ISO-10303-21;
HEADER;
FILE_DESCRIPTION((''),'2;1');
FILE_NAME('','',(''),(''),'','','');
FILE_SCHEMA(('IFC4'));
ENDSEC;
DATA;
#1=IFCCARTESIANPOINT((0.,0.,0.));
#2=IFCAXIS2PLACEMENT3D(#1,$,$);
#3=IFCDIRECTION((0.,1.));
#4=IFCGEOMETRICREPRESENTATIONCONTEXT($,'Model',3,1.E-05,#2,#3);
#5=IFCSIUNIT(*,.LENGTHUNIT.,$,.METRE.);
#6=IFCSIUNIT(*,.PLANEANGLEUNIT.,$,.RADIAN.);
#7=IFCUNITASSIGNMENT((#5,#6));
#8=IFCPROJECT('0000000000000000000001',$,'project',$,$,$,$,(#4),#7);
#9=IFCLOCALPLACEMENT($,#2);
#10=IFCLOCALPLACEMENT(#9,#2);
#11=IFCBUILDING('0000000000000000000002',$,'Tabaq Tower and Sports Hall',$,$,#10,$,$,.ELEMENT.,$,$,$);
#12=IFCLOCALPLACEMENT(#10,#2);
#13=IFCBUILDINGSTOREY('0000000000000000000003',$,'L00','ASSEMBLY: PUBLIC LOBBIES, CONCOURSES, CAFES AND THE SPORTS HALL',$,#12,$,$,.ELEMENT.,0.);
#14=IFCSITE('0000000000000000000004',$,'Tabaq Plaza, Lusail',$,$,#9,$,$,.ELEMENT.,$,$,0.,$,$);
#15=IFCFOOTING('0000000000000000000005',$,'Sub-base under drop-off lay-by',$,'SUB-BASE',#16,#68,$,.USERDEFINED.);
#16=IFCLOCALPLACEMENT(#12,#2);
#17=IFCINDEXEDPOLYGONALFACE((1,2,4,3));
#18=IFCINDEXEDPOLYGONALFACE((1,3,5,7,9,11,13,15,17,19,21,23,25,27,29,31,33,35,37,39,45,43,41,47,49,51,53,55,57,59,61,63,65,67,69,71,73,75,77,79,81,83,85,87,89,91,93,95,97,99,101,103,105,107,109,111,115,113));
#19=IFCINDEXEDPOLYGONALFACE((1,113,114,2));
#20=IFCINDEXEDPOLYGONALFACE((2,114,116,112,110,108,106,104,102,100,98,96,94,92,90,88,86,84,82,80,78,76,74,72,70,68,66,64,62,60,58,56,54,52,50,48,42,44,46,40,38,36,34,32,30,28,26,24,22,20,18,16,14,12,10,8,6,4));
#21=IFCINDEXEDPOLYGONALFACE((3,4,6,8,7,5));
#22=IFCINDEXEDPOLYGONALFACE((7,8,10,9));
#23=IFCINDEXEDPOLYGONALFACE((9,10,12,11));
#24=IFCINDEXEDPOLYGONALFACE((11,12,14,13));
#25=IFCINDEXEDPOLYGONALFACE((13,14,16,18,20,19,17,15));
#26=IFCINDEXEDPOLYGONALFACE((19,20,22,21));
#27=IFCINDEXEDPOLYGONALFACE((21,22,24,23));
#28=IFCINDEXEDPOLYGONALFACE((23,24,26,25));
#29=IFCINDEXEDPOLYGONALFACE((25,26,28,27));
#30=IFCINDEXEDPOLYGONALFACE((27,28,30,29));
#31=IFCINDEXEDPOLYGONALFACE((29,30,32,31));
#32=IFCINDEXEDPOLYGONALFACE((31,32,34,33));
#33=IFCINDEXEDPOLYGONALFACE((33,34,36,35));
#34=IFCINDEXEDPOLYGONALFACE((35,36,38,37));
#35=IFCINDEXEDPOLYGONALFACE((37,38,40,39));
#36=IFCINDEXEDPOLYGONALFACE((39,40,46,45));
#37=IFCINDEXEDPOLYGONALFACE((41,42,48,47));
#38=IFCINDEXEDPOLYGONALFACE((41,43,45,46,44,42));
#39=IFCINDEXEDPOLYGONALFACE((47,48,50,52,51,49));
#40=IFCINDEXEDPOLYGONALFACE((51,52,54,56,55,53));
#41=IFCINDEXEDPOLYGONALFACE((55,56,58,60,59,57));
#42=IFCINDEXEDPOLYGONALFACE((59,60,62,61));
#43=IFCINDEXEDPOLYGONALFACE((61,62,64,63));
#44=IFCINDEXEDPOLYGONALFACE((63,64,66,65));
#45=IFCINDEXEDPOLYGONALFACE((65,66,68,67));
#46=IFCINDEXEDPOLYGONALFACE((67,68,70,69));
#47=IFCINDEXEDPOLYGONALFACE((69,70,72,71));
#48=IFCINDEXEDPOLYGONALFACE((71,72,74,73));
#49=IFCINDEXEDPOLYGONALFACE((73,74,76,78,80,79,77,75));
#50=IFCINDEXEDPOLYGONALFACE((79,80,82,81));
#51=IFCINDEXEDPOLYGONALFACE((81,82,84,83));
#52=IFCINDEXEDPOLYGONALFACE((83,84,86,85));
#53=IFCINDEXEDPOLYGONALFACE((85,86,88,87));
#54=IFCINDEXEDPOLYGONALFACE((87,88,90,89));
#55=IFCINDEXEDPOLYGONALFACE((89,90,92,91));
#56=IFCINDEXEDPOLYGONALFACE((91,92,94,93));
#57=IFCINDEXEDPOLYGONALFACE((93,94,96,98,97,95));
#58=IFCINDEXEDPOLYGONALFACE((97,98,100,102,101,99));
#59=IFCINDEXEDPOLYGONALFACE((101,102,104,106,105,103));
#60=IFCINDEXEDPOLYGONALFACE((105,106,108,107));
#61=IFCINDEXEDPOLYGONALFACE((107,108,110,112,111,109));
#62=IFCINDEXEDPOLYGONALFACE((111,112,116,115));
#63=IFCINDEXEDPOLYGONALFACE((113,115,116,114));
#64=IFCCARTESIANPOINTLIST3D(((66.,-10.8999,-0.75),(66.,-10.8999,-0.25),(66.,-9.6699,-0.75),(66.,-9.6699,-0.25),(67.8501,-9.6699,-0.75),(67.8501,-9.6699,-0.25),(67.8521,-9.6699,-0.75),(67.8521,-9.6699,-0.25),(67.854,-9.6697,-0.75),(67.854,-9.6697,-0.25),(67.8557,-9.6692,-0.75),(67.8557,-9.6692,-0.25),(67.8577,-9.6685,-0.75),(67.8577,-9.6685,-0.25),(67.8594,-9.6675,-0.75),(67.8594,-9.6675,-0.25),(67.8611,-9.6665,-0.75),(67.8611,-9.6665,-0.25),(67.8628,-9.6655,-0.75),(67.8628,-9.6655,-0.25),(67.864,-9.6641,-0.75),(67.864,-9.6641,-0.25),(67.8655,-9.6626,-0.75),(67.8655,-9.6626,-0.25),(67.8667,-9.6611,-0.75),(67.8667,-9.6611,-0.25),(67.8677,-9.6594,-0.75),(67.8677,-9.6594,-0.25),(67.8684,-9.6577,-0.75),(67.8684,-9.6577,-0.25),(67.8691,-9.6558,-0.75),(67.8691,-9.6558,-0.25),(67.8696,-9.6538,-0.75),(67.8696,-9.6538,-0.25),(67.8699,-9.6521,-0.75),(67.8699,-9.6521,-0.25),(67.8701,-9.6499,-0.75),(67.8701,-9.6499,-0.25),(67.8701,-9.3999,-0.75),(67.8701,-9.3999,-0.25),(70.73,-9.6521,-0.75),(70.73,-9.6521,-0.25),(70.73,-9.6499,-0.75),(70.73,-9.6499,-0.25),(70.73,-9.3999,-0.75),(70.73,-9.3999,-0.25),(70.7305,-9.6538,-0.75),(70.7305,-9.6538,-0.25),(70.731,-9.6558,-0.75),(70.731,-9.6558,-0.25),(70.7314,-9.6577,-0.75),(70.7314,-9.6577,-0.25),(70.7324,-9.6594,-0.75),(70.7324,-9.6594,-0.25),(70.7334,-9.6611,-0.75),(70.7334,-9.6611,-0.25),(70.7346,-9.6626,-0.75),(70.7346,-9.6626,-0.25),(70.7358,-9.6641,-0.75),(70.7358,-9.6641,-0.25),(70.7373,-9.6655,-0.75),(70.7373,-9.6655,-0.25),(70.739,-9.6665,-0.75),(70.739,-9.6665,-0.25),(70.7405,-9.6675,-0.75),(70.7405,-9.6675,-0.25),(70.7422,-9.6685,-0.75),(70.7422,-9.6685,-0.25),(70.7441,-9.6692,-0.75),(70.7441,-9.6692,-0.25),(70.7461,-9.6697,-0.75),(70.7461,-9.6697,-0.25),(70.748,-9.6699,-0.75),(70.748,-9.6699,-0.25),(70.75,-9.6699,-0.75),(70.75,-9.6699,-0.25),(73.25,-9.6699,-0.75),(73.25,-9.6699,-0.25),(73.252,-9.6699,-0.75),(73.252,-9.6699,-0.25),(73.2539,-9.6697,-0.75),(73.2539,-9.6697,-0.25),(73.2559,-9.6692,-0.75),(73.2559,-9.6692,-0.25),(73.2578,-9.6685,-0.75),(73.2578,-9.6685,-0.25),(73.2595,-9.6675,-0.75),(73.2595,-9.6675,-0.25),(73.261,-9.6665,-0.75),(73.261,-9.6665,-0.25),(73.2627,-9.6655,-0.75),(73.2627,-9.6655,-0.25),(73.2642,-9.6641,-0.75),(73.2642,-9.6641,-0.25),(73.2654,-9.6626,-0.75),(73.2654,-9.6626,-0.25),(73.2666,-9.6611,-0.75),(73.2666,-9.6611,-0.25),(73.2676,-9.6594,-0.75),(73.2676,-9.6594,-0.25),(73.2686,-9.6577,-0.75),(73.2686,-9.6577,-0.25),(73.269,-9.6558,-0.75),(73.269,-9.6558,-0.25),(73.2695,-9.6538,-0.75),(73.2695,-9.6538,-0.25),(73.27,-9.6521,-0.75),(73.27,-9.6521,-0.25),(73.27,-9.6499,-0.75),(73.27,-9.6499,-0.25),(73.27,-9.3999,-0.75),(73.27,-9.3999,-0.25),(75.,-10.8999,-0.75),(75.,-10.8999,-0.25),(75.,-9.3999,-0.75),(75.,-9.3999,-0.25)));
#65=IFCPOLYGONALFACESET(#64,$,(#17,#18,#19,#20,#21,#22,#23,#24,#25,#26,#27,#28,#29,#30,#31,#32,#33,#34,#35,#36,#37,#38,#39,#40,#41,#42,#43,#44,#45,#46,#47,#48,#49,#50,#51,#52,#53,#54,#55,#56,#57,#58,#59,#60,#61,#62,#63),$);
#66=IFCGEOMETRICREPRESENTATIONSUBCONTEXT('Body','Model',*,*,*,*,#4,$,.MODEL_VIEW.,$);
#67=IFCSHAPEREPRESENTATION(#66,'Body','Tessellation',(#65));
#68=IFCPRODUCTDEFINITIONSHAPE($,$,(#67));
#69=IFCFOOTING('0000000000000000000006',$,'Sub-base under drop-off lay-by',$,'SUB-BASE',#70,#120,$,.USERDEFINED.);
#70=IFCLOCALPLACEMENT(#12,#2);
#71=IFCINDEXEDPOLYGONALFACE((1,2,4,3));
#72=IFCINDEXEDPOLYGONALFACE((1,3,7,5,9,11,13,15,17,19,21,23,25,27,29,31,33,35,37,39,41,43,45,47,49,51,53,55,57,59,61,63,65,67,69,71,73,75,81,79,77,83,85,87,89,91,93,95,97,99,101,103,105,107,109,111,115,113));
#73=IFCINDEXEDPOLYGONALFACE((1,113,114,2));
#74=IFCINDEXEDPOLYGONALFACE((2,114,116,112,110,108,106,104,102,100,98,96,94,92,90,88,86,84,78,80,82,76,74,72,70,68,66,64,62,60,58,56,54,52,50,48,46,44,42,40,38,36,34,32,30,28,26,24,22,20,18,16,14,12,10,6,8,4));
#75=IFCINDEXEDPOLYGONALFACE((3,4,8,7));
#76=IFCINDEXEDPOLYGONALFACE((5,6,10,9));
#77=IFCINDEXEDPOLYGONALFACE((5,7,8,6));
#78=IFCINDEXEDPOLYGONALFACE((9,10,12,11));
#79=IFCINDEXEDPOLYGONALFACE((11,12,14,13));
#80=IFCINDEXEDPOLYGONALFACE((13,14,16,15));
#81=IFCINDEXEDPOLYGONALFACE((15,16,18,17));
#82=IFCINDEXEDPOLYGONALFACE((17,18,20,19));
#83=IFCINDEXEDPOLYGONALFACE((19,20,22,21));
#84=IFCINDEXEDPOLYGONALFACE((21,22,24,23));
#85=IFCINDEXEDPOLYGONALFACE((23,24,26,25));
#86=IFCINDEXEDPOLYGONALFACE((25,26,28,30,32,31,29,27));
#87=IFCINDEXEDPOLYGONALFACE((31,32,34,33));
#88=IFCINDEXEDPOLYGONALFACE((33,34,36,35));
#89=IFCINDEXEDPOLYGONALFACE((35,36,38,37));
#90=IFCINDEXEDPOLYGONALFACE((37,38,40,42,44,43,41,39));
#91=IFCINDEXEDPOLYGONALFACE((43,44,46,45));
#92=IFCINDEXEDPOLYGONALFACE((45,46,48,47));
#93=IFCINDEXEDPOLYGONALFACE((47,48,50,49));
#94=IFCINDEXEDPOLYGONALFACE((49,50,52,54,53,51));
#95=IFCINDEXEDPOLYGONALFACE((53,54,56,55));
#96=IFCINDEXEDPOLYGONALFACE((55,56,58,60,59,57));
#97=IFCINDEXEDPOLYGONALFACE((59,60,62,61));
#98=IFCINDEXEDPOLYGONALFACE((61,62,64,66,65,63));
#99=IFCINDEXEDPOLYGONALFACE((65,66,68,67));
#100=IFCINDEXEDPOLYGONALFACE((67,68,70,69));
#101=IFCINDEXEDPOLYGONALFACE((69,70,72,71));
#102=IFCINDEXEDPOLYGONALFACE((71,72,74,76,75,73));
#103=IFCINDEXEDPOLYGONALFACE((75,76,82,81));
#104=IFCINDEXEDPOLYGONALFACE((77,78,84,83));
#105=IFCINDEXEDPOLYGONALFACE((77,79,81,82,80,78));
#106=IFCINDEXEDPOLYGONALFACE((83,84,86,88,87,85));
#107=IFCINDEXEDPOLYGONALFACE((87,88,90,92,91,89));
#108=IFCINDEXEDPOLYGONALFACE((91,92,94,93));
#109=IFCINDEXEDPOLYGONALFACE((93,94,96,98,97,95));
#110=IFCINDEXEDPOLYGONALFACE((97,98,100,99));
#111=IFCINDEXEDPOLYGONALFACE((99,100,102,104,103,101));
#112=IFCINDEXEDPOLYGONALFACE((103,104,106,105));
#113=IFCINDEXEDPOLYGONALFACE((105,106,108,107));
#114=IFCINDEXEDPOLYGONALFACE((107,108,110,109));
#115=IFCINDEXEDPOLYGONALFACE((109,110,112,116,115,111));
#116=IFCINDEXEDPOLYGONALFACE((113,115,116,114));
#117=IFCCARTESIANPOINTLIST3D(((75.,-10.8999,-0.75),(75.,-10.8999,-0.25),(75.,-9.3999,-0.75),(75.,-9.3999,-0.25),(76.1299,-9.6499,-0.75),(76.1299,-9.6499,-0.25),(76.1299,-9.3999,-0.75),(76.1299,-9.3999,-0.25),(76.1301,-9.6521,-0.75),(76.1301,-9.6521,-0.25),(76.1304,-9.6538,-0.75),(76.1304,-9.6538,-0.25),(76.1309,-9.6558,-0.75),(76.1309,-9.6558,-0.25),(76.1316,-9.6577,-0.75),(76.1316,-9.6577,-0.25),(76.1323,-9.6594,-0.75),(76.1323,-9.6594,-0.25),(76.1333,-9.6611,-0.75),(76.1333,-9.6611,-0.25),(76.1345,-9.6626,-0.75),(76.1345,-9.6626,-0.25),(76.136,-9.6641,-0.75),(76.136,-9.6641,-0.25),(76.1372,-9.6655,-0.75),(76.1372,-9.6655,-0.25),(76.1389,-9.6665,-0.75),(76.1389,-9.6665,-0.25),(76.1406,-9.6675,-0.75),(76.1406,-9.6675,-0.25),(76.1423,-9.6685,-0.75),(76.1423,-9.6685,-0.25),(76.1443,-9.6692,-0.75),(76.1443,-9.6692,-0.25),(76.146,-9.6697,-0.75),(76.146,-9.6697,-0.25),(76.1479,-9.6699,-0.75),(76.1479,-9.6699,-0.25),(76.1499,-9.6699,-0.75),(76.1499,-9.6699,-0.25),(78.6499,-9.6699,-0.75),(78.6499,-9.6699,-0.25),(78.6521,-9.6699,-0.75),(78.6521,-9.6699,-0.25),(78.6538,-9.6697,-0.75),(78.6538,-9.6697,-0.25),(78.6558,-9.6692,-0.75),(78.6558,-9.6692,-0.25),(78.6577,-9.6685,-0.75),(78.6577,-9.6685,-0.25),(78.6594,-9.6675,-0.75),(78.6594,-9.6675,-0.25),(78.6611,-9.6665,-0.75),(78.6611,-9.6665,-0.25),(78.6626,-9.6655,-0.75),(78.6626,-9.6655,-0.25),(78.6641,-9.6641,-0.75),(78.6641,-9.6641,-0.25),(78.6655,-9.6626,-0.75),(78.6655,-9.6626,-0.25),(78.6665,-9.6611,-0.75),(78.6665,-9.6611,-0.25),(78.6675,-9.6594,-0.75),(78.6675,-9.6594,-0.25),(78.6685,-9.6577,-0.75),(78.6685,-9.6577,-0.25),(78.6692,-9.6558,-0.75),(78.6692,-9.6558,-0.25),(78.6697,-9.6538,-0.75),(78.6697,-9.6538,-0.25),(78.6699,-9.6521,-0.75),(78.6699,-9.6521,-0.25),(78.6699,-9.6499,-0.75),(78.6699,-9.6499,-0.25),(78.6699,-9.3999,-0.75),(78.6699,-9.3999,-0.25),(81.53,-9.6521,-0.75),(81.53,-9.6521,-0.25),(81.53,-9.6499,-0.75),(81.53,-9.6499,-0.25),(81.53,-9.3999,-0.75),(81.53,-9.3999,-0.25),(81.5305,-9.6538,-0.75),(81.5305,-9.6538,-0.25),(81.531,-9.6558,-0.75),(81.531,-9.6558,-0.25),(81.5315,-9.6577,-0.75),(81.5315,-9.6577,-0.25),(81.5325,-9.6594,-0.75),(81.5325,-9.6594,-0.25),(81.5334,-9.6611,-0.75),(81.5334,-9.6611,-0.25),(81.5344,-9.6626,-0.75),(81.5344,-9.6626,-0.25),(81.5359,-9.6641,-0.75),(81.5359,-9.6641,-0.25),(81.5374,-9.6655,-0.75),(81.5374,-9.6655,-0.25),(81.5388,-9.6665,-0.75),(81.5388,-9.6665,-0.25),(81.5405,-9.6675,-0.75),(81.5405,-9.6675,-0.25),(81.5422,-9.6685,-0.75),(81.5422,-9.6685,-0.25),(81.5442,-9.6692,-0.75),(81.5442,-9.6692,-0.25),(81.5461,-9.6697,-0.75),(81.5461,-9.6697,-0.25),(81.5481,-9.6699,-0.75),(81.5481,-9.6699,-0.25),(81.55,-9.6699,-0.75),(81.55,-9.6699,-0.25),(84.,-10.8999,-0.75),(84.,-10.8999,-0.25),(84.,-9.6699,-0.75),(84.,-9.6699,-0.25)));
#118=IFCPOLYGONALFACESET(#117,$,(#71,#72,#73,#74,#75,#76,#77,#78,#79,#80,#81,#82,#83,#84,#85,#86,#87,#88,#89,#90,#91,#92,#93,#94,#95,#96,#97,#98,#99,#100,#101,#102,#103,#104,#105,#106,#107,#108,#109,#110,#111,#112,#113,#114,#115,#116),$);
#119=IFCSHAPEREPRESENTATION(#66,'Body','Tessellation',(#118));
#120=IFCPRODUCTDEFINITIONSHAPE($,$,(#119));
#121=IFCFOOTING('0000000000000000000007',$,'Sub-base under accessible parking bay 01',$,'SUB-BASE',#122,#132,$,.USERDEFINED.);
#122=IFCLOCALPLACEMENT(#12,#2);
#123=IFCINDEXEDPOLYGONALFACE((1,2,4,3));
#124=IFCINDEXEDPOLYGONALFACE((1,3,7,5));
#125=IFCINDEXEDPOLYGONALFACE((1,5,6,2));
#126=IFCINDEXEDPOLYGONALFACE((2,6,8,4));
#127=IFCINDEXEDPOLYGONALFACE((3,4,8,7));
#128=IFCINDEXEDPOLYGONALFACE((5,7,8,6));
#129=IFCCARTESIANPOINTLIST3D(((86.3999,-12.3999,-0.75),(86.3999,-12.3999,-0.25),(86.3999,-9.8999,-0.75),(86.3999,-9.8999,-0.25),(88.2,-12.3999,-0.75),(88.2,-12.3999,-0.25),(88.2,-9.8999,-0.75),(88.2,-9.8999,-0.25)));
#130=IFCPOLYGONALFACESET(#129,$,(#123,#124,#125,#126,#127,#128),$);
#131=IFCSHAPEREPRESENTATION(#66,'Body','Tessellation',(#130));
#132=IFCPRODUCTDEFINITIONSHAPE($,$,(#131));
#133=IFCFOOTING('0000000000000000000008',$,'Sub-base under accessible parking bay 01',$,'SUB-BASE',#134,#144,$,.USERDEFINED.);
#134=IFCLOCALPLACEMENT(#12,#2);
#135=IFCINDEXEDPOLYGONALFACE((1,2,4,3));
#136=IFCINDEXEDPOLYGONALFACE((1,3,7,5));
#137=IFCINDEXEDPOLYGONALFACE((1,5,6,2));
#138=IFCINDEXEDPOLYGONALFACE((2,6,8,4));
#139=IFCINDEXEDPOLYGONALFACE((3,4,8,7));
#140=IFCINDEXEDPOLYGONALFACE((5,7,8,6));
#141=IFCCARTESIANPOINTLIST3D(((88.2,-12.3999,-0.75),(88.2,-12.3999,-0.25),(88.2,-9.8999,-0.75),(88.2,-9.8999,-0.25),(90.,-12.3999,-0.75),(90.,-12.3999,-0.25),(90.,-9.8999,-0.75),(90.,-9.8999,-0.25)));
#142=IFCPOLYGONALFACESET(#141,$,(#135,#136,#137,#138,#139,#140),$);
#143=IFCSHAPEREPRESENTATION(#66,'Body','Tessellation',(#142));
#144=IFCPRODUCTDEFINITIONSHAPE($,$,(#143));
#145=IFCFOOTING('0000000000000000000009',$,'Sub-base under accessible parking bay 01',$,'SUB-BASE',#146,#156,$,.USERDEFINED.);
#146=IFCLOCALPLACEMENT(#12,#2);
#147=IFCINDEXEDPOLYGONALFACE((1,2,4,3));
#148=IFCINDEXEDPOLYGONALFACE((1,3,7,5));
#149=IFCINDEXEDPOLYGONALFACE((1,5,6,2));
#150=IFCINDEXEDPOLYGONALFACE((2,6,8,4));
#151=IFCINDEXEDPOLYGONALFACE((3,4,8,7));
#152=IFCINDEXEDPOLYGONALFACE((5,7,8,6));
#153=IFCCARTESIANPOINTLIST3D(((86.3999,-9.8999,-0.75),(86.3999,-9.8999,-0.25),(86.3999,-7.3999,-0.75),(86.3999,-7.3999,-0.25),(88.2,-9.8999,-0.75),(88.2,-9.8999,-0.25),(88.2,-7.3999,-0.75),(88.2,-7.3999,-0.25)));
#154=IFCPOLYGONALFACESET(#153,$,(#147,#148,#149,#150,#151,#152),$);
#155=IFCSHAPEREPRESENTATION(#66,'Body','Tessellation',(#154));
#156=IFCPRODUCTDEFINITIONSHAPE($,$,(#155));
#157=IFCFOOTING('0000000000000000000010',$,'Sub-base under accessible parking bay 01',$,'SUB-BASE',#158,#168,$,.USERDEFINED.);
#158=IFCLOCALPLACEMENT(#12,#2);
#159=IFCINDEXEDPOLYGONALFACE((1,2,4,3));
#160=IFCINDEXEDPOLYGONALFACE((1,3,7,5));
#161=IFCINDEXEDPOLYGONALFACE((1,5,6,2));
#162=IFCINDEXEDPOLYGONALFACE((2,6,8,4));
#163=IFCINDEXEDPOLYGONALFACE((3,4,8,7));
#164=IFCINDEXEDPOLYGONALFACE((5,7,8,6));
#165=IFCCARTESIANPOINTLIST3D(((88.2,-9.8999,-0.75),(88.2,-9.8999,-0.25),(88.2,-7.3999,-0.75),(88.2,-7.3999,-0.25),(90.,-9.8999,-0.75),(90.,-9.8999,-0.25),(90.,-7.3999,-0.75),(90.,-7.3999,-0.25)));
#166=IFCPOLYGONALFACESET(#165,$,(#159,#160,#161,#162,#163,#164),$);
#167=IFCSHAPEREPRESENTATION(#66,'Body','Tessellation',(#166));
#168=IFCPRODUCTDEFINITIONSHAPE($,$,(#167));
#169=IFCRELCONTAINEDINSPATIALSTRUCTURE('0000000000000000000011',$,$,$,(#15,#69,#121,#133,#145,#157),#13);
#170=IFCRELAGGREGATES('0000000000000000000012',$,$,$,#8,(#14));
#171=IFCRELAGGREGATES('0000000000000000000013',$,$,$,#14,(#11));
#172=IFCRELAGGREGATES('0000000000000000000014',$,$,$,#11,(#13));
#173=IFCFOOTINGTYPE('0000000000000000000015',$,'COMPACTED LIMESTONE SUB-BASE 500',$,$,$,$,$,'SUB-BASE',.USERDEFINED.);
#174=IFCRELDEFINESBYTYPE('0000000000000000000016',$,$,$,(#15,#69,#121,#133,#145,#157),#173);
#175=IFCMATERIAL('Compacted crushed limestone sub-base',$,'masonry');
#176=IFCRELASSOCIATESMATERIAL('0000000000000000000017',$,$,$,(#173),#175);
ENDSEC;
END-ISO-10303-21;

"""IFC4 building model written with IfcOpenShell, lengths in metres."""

from ifc_helpers import new_model, si_unit, direction, frame, origin, place, context, subcontext, project, spatial, polyline, outline, extrude, material, type_object, element, save


model = new_model("IFC4")

# Units and contexts
model_context = context("Model", 3, precision=1e-05, world=origin(), true_north=direction((0.0, 1.0)))
body_context = subcontext(model_context, "Body", "Model", "MODEL_VIEW")
ifc_project = project(units=[si_unit("LENGTHUNIT", "METRE"), si_unit("PLANEANGLEUNIT", "RADIAN")], contexts=[model_context])

# Site, building, storey
site_placement = place(None, origin())
site = spatial("IfcSite", under=ifc_project, at=site_placement, Name="Tabaq Plaza, Lusail", CompositionType="ELEMENT", RefElevation=0.0)
building_placement = place(site_placement, origin())
building = spatial("IfcBuilding", under=site, at=building_placement, Name="Tabaq Tower and Sports Hall", CompositionType="ELEMENT")
storey_placement = place(building_placement, origin())
storey = spatial("IfcBuildingStorey", under=building, at=storey_placement, Name="L00", Description="ASSEMBLY: PUBLIC LOBBIES, CONCOURSES, CAFES AND THE SPORTS HALL", CompositionType="ELEMENT", Elevation=0.0)

# Footings
ifc_material = material(Name="Compacted crushed limestone sub-base", Category="masonry")
footing_type = type_object("IfcFootingType", Name="COMPACTED LIMESTONE SUB-BASE 500", ElementType="SUB-BASE", PredefinedType="USERDEFINED", material=ifc_material)
footing_1_placement = place(storey_placement, frame((0.0, 0.0, -0.75)))
element("IfcFooting", 1, at=footing_1_placement, inside=storey, type_object=footing_type, Name="Sub-base under drop-off lay-by", ObjectType="SUB-BASE", PredefinedType="USERDEFINED", context=body_context, shape_type="SweptSolid", body=[
    extrude(outline(polyline([(66.0, -9.6699), (66.0, -10.8999), (75.0, -10.8999), (75.0, -9.3999), (73.27, -9.3999), (73.27, -9.6499), (73.27, -9.6521), (73.2695, -9.6538), (73.269, -9.6558), (73.2686, -9.6577), (73.2676, -9.6594), (73.2666, -9.6611), (73.2654, -9.6626), (73.2642, -9.6641), (73.2627, -9.6655), (73.261, -9.6665), (73.2595, -9.6675), (73.2578, -9.6685), (73.2559, -9.6692), (73.2539, -9.6697), (73.252, -9.6699), (73.25, -9.6699), (70.75, -9.6699), (70.748, -9.6699), (70.7461, -9.6697), (70.7441, -9.6692), (70.7422, -9.6685), (70.7405, -9.6675), (70.739, -9.6665), (70.7373, -9.6655), (70.7358, -9.6641), (70.7346, -9.6626), (70.7334, -9.6611), (70.7324, -9.6594), (70.7314, -9.6577), (70.731, -9.6558), (70.7305, -9.6538), (70.73, -9.6521), (70.73, -9.6499), (70.73, -9.3999), (67.8701, -9.3999), (67.8701, -9.6499), (67.8699, -9.6521), (67.8696, -9.6538), (67.8691, -9.6558), (67.8684, -9.6577), (67.8677, -9.6594), (67.8667, -9.6611), (67.8655, -9.6626), (67.864, -9.6641), (67.8628, -9.6655), (67.8611, -9.6665), (67.8594, -9.6675), (67.8577, -9.6685), (67.8557, -9.6692), (67.854, -9.6697), (67.8521, -9.6699), (67.8501, -9.6699), (66.0, -9.6699)])), origin(), (0.0, 0.0, 1.0), 0.5),
])
footing_2_placement = place(storey_placement, frame((0.0, 0.0, -0.75)))
element("IfcFooting", 2, at=footing_2_placement, inside=storey, type_object=footing_type, Name="Sub-base under drop-off lay-by", ObjectType="SUB-BASE", PredefinedType="USERDEFINED", context=body_context, shape_type="SweptSolid", body=[
    extrude(outline(polyline([(76.1299, -9.3999), (75.0, -9.3999), (75.0, -10.8999), (84.0, -10.8999), (84.0, -9.6699), (81.55, -9.6699), (81.5481, -9.6699), (81.5461, -9.6697), (81.5442, -9.6692), (81.5422, -9.6685), (81.5405, -9.6675), (81.5388, -9.6665), (81.5374, -9.6655), (81.5359, -9.6641), (81.5344, -9.6626), (81.5334, -9.6611), (81.5325, -9.6594), (81.5315, -9.6577), (81.531, -9.6558), (81.5305, -9.6538), (81.53, -9.6521), (81.53, -9.6499), (81.53, -9.3999), (78.6699, -9.3999), (78.6699, -9.6499), (78.6699, -9.6521), (78.6697, -9.6538), (78.6692, -9.6558), (78.6685, -9.6577), (78.6675, -9.6594), (78.6665, -9.6611), (78.6655, -9.6626), (78.6641, -9.6641), (78.6626, -9.6655), (78.6611, -9.6665), (78.6594, -9.6675), (78.6577, -9.6685), (78.6558, -9.6692), (78.6538, -9.6697), (78.6521, -9.6699), (78.6499, -9.6699), (76.1499, -9.6699), (76.1479, -9.6699), (76.146, -9.6697), (76.1443, -9.6692), (76.1423, -9.6685), (76.1406, -9.6675), (76.1389, -9.6665), (76.1372, -9.6655), (76.136, -9.6641), (76.1345, -9.6626), (76.1333, -9.6611), (76.1323, -9.6594), (76.1316, -9.6577), (76.1309, -9.6558), (76.1304, -9.6538), (76.1301, -9.6521), (76.1299, -9.6499), (76.1299, -9.3999)])), origin(), (0.0, 0.0, 1.0), 0.5),
])
footing_3_placement = place(storey_placement, frame((0.0, 0.0, -0.75)))
element("IfcFooting", 3, at=footing_3_placement, inside=storey, type_object=footing_type, Name="Sub-base under accessible parking bay 01", ObjectType="SUB-BASE", PredefinedType="USERDEFINED", context=body_context, shape_type="SweptSolid", body=[
    extrude(outline(polyline([(86.3999, -9.8999), (86.3999, -12.3999), (88.2, -12.3999), (88.2, -9.8999), (86.3999, -9.8999)])), origin(), (0.0, 0.0, 1.0), 0.5),
])
footing_4_placement = place(storey_placement, frame((0.0, 0.0, -0.75)))
element("IfcFooting", 4, at=footing_4_placement, inside=storey, type_object=footing_type, Name="Sub-base under accessible parking bay 01", ObjectType="SUB-BASE", PredefinedType="USERDEFINED", context=body_context, shape_type="SweptSolid", body=[
    extrude(outline(polyline([(90.0, -12.3999), (90.0, -9.8999), (88.2, -9.8999), (88.2, -12.3999), (90.0, -12.3999)])), origin(), (0.0, 0.0, 1.0), 0.5),
])
footing_5_placement = place(storey_placement, frame((0.0, 0.0, -0.75)))
element("IfcFooting", 5, at=footing_5_placement, inside=storey, type_object=footing_type, Name="Sub-base under accessible parking bay 01", ObjectType="SUB-BASE", PredefinedType="USERDEFINED", context=body_context, shape_type="SweptSolid", body=[
    extrude(outline(polyline([(86.3999, -7.3999), (86.3999, -9.8999), (88.2, -9.8999), (88.2, -7.3999), (86.3999, -7.3999)])), origin(), (0.0, 0.0, 1.0), 0.5),
])
footing_6_placement = place(storey_placement, frame((0.0, 0.0, -0.75)))
element("IfcFooting", 6, at=footing_6_placement, inside=storey, type_object=footing_type, Name="Sub-base under accessible parking bay 01", ObjectType="SUB-BASE", PredefinedType="USERDEFINED", context=body_context, shape_type="SweptSolid", body=[
    extrude(outline(polyline([(90.0, -7.3999), (88.2, -7.3999), (88.2, -9.8999), (90.0, -9.8999), (90.0, -7.3999)])), origin(), (0.0, 0.0, 1.0), 0.5),
])

save(model, "model.ifc")
